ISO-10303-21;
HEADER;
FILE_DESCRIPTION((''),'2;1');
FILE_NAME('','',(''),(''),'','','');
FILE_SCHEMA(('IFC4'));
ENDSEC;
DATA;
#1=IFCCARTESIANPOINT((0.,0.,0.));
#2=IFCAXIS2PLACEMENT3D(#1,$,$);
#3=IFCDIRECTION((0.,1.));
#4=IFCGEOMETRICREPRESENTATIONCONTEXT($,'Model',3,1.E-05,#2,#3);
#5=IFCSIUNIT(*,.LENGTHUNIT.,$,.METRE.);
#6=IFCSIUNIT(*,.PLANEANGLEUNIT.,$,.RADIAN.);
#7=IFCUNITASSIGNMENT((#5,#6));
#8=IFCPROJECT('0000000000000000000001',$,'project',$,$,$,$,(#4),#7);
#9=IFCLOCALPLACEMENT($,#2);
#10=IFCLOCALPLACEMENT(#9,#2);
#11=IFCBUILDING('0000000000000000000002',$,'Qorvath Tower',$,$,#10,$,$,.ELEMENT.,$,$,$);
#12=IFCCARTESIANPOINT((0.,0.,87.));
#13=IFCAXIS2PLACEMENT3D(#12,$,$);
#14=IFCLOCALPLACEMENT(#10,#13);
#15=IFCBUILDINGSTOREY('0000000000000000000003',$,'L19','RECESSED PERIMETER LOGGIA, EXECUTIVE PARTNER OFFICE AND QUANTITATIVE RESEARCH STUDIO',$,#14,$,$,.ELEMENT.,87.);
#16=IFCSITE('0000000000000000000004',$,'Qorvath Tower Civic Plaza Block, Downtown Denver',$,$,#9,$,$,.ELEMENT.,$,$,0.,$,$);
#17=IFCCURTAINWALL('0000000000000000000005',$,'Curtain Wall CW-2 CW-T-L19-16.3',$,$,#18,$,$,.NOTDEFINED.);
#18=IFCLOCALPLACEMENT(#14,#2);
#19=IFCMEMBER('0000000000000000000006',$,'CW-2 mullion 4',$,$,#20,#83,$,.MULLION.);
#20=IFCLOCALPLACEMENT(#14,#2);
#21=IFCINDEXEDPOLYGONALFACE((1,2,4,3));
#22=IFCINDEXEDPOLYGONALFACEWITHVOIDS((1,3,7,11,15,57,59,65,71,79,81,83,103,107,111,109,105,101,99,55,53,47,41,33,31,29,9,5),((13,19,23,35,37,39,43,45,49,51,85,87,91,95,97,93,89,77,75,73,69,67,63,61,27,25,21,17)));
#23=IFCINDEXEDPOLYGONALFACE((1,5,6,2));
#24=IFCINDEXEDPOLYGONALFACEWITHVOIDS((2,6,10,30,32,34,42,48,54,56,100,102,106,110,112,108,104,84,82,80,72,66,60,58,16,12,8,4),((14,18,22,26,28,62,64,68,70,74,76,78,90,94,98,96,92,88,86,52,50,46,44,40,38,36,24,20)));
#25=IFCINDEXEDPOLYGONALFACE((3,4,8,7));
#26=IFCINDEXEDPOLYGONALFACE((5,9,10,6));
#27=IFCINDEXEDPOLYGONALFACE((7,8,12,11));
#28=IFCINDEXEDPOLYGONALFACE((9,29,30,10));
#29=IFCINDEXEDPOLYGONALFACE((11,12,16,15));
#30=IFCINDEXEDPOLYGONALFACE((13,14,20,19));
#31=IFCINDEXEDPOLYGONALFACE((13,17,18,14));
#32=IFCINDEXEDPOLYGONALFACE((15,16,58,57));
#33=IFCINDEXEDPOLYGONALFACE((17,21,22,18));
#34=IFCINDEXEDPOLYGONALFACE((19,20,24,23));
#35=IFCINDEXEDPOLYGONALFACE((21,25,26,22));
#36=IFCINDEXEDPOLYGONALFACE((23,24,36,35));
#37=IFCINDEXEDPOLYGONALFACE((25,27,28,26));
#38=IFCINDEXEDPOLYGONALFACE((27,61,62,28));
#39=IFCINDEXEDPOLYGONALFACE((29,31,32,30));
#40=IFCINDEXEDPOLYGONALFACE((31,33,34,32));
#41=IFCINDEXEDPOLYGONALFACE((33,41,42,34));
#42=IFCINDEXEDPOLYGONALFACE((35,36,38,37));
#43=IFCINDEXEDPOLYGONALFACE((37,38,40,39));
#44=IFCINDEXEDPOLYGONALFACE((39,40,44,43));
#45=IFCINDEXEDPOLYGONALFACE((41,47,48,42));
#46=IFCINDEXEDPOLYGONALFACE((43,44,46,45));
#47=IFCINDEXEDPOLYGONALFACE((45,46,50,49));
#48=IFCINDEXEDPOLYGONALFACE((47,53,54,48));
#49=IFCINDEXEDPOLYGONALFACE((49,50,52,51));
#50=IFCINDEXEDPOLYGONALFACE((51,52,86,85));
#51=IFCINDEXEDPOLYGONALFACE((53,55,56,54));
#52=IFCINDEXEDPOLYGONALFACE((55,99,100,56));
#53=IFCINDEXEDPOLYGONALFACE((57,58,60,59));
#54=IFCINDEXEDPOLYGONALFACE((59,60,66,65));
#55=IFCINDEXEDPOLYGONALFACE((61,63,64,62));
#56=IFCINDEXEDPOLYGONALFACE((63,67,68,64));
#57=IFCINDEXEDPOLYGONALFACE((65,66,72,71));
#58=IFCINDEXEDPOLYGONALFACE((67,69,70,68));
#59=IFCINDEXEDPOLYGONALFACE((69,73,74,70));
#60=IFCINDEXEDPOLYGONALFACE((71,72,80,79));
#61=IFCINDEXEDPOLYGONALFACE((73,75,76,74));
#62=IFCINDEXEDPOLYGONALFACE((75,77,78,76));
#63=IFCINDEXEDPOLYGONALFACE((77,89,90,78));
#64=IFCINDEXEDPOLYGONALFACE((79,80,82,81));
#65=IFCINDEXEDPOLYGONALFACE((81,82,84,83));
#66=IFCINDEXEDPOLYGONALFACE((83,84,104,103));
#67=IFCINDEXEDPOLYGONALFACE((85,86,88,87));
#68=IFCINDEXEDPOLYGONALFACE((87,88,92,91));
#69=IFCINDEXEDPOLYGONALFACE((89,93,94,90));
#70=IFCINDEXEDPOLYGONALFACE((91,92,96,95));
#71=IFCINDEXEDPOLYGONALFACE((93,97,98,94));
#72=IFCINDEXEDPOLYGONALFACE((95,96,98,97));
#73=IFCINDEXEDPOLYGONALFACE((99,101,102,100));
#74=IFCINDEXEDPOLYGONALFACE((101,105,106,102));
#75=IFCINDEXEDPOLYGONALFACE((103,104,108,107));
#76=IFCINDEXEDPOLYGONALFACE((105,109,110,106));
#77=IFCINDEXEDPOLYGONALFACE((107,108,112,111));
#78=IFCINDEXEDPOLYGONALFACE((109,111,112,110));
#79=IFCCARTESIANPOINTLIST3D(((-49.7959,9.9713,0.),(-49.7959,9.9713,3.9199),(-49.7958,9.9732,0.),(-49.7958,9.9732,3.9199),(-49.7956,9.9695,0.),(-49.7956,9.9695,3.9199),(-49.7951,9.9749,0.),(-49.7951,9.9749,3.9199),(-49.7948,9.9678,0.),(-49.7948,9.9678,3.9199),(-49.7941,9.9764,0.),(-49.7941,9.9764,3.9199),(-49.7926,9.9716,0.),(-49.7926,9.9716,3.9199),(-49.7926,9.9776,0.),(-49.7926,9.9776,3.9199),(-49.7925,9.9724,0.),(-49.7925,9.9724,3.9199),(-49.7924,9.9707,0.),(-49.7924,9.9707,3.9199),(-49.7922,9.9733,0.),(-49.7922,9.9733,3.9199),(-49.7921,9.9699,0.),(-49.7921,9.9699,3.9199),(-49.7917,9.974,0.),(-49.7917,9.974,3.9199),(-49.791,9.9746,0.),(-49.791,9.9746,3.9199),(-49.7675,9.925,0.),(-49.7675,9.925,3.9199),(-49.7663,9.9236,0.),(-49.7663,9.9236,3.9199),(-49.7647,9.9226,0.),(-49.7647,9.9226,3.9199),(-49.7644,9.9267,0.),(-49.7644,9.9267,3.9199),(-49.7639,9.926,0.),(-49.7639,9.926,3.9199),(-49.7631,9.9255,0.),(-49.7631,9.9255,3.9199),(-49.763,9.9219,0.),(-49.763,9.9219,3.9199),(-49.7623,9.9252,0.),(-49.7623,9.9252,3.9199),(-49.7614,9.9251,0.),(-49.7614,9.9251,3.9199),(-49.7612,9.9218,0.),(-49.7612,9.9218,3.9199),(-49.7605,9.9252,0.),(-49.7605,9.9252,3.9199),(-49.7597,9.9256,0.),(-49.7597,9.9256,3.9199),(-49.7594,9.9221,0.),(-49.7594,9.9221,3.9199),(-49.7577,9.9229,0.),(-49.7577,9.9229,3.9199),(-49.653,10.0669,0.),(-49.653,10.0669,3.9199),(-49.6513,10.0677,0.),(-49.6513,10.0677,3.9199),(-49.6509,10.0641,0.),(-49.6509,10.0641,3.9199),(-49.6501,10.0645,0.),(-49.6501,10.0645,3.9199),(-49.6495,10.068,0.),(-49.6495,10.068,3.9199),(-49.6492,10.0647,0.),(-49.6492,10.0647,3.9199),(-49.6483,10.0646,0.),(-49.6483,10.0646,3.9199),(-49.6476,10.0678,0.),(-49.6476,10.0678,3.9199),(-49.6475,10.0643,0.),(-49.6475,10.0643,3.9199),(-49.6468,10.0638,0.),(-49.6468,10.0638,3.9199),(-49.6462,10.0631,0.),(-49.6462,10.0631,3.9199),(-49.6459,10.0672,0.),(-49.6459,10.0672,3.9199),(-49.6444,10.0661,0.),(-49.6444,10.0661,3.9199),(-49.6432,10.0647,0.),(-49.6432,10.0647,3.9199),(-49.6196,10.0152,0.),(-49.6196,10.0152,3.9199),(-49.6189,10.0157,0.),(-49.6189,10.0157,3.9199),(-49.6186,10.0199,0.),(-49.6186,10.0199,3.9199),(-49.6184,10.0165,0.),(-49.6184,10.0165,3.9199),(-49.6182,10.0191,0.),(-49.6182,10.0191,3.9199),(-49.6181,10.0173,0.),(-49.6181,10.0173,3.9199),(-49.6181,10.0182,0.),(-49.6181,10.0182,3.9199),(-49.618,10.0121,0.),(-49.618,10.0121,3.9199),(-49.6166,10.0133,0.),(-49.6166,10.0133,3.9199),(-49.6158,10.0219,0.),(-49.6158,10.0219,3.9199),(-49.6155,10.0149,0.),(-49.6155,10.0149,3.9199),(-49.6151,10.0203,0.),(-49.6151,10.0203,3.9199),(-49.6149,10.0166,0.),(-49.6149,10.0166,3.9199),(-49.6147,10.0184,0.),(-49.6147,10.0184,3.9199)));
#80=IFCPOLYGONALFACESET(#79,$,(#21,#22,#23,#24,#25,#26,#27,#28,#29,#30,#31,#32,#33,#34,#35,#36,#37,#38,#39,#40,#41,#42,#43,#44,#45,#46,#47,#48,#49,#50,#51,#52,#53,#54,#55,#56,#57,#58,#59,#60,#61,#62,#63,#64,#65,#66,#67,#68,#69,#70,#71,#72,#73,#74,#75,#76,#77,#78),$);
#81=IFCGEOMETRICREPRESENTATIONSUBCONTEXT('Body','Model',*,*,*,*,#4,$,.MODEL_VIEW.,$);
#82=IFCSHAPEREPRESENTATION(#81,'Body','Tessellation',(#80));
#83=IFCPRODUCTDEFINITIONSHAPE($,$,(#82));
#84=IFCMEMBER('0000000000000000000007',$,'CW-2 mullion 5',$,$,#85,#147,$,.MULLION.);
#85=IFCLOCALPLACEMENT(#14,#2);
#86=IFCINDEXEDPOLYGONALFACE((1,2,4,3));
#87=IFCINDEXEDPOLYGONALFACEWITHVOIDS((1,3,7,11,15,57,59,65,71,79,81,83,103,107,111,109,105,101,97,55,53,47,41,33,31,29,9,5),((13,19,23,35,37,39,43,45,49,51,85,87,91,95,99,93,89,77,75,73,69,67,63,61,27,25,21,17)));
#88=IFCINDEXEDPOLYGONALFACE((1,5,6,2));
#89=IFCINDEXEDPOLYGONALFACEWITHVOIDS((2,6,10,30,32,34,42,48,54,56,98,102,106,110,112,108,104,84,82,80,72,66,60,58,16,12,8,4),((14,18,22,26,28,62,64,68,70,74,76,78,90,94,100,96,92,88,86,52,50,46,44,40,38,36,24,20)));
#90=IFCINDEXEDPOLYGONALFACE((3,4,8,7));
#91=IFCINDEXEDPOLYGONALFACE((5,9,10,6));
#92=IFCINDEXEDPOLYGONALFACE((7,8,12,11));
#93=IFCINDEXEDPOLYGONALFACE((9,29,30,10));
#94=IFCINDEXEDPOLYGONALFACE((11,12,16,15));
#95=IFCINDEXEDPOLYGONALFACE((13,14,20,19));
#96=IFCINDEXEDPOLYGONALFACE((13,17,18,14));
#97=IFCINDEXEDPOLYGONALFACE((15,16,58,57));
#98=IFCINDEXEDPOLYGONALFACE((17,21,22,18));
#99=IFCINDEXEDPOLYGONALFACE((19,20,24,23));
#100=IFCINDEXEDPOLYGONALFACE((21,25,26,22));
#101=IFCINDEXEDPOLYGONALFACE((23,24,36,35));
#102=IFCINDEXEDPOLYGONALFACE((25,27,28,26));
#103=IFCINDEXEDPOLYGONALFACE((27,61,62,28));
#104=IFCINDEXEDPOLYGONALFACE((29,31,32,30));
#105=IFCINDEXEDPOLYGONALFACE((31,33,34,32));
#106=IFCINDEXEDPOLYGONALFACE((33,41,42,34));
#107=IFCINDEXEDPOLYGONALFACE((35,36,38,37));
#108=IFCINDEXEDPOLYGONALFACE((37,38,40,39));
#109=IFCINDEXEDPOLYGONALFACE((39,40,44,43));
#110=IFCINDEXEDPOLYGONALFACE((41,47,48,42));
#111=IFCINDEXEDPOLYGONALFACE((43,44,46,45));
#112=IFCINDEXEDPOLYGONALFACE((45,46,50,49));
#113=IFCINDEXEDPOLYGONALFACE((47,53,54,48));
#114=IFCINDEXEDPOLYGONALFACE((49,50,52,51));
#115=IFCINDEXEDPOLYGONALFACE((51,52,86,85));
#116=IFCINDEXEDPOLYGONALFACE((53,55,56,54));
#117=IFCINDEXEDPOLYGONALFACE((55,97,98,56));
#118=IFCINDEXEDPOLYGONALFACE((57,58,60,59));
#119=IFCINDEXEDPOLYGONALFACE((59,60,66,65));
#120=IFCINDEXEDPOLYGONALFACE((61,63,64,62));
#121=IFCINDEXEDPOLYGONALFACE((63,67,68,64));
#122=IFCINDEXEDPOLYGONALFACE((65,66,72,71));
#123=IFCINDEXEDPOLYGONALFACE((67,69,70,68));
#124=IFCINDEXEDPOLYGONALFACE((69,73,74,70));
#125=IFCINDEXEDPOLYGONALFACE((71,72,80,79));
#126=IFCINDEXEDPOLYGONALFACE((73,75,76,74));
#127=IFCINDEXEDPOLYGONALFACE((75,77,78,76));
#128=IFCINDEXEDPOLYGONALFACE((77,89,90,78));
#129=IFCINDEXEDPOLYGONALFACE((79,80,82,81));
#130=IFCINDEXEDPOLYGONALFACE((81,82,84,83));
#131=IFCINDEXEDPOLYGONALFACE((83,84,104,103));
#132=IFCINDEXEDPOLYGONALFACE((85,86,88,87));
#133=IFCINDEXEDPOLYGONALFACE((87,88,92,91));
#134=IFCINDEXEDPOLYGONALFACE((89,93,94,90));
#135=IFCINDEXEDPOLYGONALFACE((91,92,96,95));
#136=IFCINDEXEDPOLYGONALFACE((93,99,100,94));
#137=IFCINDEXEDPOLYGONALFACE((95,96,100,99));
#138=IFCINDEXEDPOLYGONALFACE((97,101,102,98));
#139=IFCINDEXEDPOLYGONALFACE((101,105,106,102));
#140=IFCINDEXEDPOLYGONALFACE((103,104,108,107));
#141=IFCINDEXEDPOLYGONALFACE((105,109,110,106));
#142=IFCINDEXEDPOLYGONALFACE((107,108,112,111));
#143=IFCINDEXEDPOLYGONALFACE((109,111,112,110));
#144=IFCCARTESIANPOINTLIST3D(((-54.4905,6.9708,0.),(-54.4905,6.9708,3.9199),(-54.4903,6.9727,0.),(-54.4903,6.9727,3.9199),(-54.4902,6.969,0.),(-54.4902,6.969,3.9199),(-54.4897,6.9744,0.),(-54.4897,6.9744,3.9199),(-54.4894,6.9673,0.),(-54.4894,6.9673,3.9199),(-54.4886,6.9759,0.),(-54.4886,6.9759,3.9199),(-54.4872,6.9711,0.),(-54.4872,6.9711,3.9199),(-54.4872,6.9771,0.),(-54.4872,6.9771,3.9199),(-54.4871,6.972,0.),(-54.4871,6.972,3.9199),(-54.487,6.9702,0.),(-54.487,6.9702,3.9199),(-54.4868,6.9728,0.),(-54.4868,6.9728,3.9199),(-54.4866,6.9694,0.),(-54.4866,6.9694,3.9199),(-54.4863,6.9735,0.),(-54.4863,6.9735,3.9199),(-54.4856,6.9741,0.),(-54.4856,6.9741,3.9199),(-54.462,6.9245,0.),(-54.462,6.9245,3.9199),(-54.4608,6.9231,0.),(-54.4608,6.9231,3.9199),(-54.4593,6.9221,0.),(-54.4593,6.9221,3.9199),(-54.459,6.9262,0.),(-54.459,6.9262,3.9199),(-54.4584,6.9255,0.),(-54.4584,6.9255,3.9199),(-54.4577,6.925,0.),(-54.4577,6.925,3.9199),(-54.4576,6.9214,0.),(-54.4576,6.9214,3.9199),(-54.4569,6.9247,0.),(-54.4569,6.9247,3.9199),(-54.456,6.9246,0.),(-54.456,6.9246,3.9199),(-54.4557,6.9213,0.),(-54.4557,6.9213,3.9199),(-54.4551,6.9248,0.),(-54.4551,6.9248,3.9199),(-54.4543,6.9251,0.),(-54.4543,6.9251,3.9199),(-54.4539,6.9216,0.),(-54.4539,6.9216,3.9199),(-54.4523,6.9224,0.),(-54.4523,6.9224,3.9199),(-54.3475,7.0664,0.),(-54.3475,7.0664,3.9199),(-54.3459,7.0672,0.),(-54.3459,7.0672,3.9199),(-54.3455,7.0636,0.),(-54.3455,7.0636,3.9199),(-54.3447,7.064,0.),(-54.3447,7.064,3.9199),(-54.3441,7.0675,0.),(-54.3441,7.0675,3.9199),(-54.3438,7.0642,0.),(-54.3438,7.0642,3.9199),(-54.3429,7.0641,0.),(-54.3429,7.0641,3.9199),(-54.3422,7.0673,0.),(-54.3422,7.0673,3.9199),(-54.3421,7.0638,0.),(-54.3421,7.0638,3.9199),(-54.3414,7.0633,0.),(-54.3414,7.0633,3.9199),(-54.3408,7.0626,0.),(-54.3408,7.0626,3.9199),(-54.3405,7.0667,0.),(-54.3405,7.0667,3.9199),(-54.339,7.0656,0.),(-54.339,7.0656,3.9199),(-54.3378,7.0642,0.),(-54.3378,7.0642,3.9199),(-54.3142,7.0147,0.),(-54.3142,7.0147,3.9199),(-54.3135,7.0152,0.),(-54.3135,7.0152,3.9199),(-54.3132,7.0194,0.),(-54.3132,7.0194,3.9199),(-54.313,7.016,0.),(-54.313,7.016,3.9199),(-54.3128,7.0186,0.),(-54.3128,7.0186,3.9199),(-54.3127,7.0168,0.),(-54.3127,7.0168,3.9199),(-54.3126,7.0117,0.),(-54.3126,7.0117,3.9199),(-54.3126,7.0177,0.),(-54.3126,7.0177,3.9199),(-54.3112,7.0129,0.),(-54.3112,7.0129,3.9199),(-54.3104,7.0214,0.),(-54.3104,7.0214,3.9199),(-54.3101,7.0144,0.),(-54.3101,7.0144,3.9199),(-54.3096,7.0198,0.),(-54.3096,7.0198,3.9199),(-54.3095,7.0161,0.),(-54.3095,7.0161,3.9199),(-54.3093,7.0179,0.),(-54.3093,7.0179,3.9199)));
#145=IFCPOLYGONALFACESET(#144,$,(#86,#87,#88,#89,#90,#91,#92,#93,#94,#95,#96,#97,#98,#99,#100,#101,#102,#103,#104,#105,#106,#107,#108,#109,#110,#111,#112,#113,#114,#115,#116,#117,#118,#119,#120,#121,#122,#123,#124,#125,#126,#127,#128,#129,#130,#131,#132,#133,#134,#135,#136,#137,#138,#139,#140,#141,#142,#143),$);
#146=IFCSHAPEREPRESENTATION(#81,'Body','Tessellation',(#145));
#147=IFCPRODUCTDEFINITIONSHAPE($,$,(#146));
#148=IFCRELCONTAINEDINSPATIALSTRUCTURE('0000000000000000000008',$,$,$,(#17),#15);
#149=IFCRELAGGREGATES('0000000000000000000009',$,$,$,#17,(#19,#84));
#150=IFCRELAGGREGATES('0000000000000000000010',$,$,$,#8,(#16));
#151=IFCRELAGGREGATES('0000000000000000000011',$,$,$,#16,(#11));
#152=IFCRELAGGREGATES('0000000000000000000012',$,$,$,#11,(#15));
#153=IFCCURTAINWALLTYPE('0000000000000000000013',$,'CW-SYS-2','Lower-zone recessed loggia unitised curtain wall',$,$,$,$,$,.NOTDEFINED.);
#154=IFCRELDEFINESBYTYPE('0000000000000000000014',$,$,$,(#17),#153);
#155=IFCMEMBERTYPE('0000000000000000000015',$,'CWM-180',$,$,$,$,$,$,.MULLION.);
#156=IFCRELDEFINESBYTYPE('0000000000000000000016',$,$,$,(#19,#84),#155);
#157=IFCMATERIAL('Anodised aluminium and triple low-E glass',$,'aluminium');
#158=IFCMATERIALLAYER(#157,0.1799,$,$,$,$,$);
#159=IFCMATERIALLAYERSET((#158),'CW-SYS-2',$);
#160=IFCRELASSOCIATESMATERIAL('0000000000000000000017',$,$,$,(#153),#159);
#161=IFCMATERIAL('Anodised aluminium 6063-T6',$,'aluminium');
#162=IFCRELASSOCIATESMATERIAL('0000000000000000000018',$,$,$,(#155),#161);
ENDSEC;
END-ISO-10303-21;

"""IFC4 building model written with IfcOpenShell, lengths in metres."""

from ifc_helpers import new_model, si_unit, direction, frame, origin, origin_2d, place, context, subcontext, project, spatial, hollow_rectangle, extrude, material, layer, layer_set, material_profile, profile_set, type_object, element, aggregate, save


model = new_model("IFC4")

# Units and contexts
model_context = context("Model", 3, precision=1e-05, world=origin(), true_north=direction((0.0, 1.0)))
body_context = subcontext(model_context, "Body", "Model", "MODEL_VIEW")
ifc_project = project(units=[si_unit("LENGTHUNIT", "METRE"), si_unit("PLANEANGLEUNIT", "RADIAN")], contexts=[model_context])

# Site, building, storey
site_placement = place(None, origin())
site = spatial("IfcSite", under=ifc_project, at=site_placement, Name="Qorvath Tower Civic Plaza Block, Downtown Denver", CompositionType="ELEMENT", RefElevation=0.0)
building_placement = place(site_placement, origin())
building = spatial("IfcBuilding", under=site, at=building_placement, Name="Qorvath Tower", CompositionType="ELEMENT")
storey_placement = place(building_placement, frame((0.0, 0.0, 87.0)))
storey = spatial("IfcBuildingStorey", under=building, at=storey_placement, Name="L19", Description="RECESSED PERIMETER LOGGIA, EXECUTIVE PARTNER OFFICE AND QUANTITATIVE RESEARCH STUDIO", CompositionType="ELEMENT", Elevation=87.0)

# Curtain wall, members
ifc_material_1 = material(Name="Anodised aluminium and triple low-E glass", Category="aluminium")
ifc_layer_1 = layer(ifc_material_1, 0.1799)
ifc_layer_set_1 = layer_set([ifc_layer_1], Name="CW-SYS-2")
curtain_wall_type = type_object("IfcCurtainWallType", Name="CW-SYS-2", Description="Lower-zone recessed loggia unitised curtain wall", PredefinedType="NOTDEFINED", material=ifc_layer_set_1)
curtain_wall_placement = place(storey_placement, origin())
curtain_wall = element("IfcCurtainWall", 1, at=curtain_wall_placement, inside=storey, type_object=curtain_wall_type, Name="Curtain Wall CW-2 CW-T-L19-16.3", PredefinedType="NOTDEFINED")
ifc_material_2 = material(Name="Anodised aluminium 6063-T6", Category="aluminium")
ifc_material_profile_1 = material_profile(ifc_material_2, hollow_rectangle(XDim=0.0649, YDim=0.1799, WallThickness=0.0034, InnerFilletRadius=0.0034, OuterFilletRadius=0.0071, at=origin_2d()), Name="CWM 180x65")
ifc_profile_set_1 = profile_set([ifc_material_profile_1], Name="Anodised aluminium 6063-T6")
member_type_1 = type_object("IfcMemberType", Name="CWM-180", PredefinedType="MULLION", material=ifc_profile_set_1)
member_1_placement = place(storey_placement, frame((-49.7053, 9.9949, 0.0), z_axis=(0.0, 0.0, 1.0), x_axis=(0.538528, -0.842608, 0.0)))
member_1 = element("IfcMember", 2, at=member_1_placement, type_object=member_type_1, Name="CW-2 mullion 4", PredefinedType="MULLION", context=body_context, shape_type="SweptSolid", body=[
    extrude(hollow_rectangle(XDim=0.0649, YDim=0.1799, WallThickness=0.0034, InnerFilletRadius=0.0034, OuterFilletRadius=0.0071, at=origin_2d()), origin(), (0.0, 0.0, 1.0), 3.9199),
])
member_2_placement = place(storey_placement, frame((-54.3999, 6.9944, 0.0), z_axis=(0.0, 0.0, 1.0), x_axis=(0.538528, -0.842608, 0.0)))
member_2 = element("IfcMember", 3, at=member_2_placement, type_object=member_type_1, Name="CW-2 mullion 5", PredefinedType="MULLION", context=body_context, shape_type="SweptSolid", body=[
    extrude(hollow_rectangle(XDim=0.0649, YDim=0.1799, WallThickness=0.0034, InnerFilletRadius=0.0034, OuterFilletRadius=0.0071, at=origin_2d()), origin(), (0.0, 0.0, 1.0), 3.9199),
])
aggregate(curtain_wall, [member_1, member_2])

save(model, "model.ifc")
